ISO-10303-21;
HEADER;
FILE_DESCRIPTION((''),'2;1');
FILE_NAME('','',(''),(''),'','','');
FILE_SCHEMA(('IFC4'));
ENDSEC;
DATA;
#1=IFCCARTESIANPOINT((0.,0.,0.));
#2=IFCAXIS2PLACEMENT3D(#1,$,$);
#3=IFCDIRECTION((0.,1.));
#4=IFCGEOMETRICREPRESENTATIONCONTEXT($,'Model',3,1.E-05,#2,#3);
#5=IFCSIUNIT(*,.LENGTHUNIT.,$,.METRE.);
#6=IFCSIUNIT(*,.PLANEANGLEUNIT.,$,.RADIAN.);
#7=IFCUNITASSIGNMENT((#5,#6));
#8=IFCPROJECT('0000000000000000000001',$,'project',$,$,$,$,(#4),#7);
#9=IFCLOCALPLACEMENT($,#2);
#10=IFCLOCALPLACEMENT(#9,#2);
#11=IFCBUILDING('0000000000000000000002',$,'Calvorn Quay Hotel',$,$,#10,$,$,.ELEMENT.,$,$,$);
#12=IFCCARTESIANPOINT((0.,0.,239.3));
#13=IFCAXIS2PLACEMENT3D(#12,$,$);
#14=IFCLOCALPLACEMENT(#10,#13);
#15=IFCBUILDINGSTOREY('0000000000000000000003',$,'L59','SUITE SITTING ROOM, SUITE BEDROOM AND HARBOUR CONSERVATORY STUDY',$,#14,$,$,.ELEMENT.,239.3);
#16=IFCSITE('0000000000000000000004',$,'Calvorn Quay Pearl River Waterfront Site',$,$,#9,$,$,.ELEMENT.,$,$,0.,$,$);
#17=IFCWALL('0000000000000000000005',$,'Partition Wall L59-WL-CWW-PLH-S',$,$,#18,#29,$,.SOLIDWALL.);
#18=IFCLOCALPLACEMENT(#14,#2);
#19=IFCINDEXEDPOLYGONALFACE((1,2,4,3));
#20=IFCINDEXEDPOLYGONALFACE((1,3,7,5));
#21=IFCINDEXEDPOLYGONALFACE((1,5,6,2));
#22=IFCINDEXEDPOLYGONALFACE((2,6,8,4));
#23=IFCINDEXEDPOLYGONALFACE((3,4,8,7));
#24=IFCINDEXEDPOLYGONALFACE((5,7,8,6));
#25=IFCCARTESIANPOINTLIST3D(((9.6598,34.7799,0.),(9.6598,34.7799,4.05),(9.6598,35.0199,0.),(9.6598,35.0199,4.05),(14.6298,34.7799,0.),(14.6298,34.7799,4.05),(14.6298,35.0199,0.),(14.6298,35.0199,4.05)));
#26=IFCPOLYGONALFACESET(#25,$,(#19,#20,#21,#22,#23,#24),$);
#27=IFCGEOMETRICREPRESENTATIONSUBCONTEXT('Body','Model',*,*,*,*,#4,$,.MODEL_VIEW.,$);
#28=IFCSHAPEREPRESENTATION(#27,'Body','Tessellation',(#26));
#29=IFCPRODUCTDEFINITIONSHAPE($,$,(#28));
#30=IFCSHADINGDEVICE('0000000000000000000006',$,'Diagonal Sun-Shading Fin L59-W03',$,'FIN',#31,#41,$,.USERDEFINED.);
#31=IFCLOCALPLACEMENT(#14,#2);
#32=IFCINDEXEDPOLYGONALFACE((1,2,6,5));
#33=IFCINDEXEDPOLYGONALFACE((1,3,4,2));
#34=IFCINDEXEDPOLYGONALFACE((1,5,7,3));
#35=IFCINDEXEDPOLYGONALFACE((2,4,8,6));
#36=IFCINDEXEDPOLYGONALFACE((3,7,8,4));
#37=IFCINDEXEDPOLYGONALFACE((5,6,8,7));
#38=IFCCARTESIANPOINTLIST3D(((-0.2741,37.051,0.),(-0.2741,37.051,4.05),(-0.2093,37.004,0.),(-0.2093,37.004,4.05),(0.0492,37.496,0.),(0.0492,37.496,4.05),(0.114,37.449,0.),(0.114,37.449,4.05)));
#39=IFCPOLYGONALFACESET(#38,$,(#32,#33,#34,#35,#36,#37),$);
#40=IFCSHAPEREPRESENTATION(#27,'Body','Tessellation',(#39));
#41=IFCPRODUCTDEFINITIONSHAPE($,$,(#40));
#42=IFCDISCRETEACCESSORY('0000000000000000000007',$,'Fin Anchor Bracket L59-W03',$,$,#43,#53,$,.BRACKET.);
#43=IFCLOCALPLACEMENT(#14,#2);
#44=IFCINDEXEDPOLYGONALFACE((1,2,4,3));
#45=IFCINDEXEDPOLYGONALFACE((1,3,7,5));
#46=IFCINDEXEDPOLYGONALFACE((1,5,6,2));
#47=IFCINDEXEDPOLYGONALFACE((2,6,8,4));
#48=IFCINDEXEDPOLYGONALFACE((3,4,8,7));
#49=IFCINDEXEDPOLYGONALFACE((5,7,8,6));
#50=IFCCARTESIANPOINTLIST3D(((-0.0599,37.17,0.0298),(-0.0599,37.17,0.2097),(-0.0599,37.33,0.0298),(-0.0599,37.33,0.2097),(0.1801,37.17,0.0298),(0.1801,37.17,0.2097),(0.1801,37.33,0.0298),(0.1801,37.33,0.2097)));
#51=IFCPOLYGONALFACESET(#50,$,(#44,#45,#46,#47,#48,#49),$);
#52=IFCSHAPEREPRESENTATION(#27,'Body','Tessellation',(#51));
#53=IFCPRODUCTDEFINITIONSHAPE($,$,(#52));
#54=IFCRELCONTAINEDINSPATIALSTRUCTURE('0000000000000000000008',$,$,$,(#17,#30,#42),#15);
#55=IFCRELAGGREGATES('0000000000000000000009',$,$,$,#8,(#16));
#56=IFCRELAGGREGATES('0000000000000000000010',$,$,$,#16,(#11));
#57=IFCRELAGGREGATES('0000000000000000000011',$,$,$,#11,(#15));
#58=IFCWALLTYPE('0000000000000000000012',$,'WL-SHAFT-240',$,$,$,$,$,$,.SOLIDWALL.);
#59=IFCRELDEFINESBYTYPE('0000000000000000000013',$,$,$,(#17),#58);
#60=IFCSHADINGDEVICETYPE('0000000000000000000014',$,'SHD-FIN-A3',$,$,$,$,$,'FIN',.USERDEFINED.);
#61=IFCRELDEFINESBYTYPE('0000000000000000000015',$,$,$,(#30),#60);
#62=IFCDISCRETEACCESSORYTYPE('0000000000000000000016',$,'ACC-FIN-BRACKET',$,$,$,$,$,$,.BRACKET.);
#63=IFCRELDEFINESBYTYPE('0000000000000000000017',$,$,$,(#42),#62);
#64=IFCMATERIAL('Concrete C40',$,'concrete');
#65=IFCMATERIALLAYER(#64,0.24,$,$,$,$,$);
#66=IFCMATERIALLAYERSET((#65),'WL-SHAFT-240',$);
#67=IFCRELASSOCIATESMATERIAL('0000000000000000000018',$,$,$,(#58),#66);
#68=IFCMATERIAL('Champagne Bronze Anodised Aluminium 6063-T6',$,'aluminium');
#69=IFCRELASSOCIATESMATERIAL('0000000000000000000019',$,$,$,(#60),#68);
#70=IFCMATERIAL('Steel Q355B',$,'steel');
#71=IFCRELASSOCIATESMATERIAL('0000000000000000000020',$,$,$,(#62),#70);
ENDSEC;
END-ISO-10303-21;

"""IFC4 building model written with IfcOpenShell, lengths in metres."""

from ifc_helpers import new_model, si_unit, direction, frame, frame_2d, origin, origin_2d, place, context, subcontext, project, spatial, rectangle, extrude, material, layer, layer_set, type_object, element, save


model = new_model("IFC4")

# Units and contexts
model_context = context("Model", 3, precision=1e-05, world=origin(), true_north=direction((0.0, 1.0)))
body_context = subcontext(model_context, "Body", "Model", "MODEL_VIEW")
ifc_project = project(units=[si_unit("LENGTHUNIT", "METRE"), si_unit("PLANEANGLEUNIT", "RADIAN")], contexts=[model_context])

# Site, building, storey
site_placement = place(None, origin())
site = spatial("IfcSite", under=ifc_project, at=site_placement, Name="Calvorn Quay Pearl River Waterfront Site", CompositionType="ELEMENT", RefElevation=0.0)
building_placement = place(site_placement, origin())
building = spatial("IfcBuilding", under=site, at=building_placement, Name="Calvorn Quay Hotel", CompositionType="ELEMENT")
storey_placement = place(building_placement, frame((0.0, 0.0, 239.3)))
storey = spatial("IfcBuildingStorey", under=building, at=storey_placement, Name="L59", Description="SUITE SITTING ROOM, SUITE BEDROOM AND HARBOUR CONSERVATORY STUDY", CompositionType="ELEMENT", Elevation=239.3)

# Wall
ifc_material_1 = material(Name="Concrete C40", Category="concrete")
ifc_layer_1 = layer(ifc_material_1, 0.24)
ifc_layer_set_1 = layer_set([ifc_layer_1], Name="WL-SHAFT-240")
wall_type_1 = type_object("IfcWallType", Name="WL-SHAFT-240", PredefinedType="SOLIDWALL", material=ifc_layer_set_1)
wall_1_placement = place(storey_placement, frame((9.6599, 34.8999, 0.0), z_axis=(0.0, 0.0, 1.0), x_axis=(1.0, 0.0, 0.0)))
element("IfcWall", 1, at=wall_1_placement, inside=storey, type_object=wall_type_1, Name="Partition Wall L59-WL-CWW-PLH-S", PredefinedType="SOLIDWALL", context=body_context, shape_type="SweptSolid", body=[
    extrude(rectangle(XDim=4.97, YDim=0.24, at=frame_2d((2.4849, 0.0))), origin(), (0.0, 0.0, 1.0), 4.05),
])

# Shading device
ifc_material_2 = material(Name="Champagne Bronze Anodised Aluminium 6063-T6", Category="aluminium")
shading_device_type = type_object("IfcShadingDeviceType", Name="SHD-FIN-A3", ElementType="FIN", PredefinedType="USERDEFINED", material=ifc_material_2)
shading_device_placement = place(storey_placement, frame((-0.0801, 37.25, 0.0), z_axis=(0.0, 0.0, 1.0), x_axis=(0.587785, 0.809017, 0.0)))
element("IfcShadingDevice", 2, at=shading_device_placement, inside=storey, type_object=shading_device_type, Name="Diagonal Sun-Shading Fin L59-W03", ObjectType="FIN", PredefinedType="USERDEFINED", context=body_context, shape_type="SweptSolid", body=[
    extrude(rectangle(XDim=0.55, YDim=0.0801, at=origin_2d()), origin(), (0.0, 0.0, 1.0), 4.05),
])

# Discrete accessory
ifc_material_3 = material(Name="Steel Q355B", Category="steel")
discrete_accessory_type = type_object("IfcDiscreteAccessoryType", Name="ACC-FIN-BRACKET", PredefinedType="BRACKET", material=ifc_material_3)
discrete_accessory_placement = place(storey_placement, frame((0.0601, 37.25, 0.0298), z_axis=(0.0, 0.0, 1.0), x_axis=(1.0, 0.0, 0.0)))
element("IfcDiscreteAccessory", 3, at=discrete_accessory_placement, inside=storey, type_object=discrete_accessory_type, Name="Fin Anchor Bracket L59-W03", PredefinedType="BRACKET", context=body_context, shape_type="SweptSolid", body=[
    extrude(rectangle(XDim=0.24, YDim=0.1599, at=origin_2d()), origin(), (0.0, 0.0, 1.0), 0.1799),
])

save(model, "model.ifc")
